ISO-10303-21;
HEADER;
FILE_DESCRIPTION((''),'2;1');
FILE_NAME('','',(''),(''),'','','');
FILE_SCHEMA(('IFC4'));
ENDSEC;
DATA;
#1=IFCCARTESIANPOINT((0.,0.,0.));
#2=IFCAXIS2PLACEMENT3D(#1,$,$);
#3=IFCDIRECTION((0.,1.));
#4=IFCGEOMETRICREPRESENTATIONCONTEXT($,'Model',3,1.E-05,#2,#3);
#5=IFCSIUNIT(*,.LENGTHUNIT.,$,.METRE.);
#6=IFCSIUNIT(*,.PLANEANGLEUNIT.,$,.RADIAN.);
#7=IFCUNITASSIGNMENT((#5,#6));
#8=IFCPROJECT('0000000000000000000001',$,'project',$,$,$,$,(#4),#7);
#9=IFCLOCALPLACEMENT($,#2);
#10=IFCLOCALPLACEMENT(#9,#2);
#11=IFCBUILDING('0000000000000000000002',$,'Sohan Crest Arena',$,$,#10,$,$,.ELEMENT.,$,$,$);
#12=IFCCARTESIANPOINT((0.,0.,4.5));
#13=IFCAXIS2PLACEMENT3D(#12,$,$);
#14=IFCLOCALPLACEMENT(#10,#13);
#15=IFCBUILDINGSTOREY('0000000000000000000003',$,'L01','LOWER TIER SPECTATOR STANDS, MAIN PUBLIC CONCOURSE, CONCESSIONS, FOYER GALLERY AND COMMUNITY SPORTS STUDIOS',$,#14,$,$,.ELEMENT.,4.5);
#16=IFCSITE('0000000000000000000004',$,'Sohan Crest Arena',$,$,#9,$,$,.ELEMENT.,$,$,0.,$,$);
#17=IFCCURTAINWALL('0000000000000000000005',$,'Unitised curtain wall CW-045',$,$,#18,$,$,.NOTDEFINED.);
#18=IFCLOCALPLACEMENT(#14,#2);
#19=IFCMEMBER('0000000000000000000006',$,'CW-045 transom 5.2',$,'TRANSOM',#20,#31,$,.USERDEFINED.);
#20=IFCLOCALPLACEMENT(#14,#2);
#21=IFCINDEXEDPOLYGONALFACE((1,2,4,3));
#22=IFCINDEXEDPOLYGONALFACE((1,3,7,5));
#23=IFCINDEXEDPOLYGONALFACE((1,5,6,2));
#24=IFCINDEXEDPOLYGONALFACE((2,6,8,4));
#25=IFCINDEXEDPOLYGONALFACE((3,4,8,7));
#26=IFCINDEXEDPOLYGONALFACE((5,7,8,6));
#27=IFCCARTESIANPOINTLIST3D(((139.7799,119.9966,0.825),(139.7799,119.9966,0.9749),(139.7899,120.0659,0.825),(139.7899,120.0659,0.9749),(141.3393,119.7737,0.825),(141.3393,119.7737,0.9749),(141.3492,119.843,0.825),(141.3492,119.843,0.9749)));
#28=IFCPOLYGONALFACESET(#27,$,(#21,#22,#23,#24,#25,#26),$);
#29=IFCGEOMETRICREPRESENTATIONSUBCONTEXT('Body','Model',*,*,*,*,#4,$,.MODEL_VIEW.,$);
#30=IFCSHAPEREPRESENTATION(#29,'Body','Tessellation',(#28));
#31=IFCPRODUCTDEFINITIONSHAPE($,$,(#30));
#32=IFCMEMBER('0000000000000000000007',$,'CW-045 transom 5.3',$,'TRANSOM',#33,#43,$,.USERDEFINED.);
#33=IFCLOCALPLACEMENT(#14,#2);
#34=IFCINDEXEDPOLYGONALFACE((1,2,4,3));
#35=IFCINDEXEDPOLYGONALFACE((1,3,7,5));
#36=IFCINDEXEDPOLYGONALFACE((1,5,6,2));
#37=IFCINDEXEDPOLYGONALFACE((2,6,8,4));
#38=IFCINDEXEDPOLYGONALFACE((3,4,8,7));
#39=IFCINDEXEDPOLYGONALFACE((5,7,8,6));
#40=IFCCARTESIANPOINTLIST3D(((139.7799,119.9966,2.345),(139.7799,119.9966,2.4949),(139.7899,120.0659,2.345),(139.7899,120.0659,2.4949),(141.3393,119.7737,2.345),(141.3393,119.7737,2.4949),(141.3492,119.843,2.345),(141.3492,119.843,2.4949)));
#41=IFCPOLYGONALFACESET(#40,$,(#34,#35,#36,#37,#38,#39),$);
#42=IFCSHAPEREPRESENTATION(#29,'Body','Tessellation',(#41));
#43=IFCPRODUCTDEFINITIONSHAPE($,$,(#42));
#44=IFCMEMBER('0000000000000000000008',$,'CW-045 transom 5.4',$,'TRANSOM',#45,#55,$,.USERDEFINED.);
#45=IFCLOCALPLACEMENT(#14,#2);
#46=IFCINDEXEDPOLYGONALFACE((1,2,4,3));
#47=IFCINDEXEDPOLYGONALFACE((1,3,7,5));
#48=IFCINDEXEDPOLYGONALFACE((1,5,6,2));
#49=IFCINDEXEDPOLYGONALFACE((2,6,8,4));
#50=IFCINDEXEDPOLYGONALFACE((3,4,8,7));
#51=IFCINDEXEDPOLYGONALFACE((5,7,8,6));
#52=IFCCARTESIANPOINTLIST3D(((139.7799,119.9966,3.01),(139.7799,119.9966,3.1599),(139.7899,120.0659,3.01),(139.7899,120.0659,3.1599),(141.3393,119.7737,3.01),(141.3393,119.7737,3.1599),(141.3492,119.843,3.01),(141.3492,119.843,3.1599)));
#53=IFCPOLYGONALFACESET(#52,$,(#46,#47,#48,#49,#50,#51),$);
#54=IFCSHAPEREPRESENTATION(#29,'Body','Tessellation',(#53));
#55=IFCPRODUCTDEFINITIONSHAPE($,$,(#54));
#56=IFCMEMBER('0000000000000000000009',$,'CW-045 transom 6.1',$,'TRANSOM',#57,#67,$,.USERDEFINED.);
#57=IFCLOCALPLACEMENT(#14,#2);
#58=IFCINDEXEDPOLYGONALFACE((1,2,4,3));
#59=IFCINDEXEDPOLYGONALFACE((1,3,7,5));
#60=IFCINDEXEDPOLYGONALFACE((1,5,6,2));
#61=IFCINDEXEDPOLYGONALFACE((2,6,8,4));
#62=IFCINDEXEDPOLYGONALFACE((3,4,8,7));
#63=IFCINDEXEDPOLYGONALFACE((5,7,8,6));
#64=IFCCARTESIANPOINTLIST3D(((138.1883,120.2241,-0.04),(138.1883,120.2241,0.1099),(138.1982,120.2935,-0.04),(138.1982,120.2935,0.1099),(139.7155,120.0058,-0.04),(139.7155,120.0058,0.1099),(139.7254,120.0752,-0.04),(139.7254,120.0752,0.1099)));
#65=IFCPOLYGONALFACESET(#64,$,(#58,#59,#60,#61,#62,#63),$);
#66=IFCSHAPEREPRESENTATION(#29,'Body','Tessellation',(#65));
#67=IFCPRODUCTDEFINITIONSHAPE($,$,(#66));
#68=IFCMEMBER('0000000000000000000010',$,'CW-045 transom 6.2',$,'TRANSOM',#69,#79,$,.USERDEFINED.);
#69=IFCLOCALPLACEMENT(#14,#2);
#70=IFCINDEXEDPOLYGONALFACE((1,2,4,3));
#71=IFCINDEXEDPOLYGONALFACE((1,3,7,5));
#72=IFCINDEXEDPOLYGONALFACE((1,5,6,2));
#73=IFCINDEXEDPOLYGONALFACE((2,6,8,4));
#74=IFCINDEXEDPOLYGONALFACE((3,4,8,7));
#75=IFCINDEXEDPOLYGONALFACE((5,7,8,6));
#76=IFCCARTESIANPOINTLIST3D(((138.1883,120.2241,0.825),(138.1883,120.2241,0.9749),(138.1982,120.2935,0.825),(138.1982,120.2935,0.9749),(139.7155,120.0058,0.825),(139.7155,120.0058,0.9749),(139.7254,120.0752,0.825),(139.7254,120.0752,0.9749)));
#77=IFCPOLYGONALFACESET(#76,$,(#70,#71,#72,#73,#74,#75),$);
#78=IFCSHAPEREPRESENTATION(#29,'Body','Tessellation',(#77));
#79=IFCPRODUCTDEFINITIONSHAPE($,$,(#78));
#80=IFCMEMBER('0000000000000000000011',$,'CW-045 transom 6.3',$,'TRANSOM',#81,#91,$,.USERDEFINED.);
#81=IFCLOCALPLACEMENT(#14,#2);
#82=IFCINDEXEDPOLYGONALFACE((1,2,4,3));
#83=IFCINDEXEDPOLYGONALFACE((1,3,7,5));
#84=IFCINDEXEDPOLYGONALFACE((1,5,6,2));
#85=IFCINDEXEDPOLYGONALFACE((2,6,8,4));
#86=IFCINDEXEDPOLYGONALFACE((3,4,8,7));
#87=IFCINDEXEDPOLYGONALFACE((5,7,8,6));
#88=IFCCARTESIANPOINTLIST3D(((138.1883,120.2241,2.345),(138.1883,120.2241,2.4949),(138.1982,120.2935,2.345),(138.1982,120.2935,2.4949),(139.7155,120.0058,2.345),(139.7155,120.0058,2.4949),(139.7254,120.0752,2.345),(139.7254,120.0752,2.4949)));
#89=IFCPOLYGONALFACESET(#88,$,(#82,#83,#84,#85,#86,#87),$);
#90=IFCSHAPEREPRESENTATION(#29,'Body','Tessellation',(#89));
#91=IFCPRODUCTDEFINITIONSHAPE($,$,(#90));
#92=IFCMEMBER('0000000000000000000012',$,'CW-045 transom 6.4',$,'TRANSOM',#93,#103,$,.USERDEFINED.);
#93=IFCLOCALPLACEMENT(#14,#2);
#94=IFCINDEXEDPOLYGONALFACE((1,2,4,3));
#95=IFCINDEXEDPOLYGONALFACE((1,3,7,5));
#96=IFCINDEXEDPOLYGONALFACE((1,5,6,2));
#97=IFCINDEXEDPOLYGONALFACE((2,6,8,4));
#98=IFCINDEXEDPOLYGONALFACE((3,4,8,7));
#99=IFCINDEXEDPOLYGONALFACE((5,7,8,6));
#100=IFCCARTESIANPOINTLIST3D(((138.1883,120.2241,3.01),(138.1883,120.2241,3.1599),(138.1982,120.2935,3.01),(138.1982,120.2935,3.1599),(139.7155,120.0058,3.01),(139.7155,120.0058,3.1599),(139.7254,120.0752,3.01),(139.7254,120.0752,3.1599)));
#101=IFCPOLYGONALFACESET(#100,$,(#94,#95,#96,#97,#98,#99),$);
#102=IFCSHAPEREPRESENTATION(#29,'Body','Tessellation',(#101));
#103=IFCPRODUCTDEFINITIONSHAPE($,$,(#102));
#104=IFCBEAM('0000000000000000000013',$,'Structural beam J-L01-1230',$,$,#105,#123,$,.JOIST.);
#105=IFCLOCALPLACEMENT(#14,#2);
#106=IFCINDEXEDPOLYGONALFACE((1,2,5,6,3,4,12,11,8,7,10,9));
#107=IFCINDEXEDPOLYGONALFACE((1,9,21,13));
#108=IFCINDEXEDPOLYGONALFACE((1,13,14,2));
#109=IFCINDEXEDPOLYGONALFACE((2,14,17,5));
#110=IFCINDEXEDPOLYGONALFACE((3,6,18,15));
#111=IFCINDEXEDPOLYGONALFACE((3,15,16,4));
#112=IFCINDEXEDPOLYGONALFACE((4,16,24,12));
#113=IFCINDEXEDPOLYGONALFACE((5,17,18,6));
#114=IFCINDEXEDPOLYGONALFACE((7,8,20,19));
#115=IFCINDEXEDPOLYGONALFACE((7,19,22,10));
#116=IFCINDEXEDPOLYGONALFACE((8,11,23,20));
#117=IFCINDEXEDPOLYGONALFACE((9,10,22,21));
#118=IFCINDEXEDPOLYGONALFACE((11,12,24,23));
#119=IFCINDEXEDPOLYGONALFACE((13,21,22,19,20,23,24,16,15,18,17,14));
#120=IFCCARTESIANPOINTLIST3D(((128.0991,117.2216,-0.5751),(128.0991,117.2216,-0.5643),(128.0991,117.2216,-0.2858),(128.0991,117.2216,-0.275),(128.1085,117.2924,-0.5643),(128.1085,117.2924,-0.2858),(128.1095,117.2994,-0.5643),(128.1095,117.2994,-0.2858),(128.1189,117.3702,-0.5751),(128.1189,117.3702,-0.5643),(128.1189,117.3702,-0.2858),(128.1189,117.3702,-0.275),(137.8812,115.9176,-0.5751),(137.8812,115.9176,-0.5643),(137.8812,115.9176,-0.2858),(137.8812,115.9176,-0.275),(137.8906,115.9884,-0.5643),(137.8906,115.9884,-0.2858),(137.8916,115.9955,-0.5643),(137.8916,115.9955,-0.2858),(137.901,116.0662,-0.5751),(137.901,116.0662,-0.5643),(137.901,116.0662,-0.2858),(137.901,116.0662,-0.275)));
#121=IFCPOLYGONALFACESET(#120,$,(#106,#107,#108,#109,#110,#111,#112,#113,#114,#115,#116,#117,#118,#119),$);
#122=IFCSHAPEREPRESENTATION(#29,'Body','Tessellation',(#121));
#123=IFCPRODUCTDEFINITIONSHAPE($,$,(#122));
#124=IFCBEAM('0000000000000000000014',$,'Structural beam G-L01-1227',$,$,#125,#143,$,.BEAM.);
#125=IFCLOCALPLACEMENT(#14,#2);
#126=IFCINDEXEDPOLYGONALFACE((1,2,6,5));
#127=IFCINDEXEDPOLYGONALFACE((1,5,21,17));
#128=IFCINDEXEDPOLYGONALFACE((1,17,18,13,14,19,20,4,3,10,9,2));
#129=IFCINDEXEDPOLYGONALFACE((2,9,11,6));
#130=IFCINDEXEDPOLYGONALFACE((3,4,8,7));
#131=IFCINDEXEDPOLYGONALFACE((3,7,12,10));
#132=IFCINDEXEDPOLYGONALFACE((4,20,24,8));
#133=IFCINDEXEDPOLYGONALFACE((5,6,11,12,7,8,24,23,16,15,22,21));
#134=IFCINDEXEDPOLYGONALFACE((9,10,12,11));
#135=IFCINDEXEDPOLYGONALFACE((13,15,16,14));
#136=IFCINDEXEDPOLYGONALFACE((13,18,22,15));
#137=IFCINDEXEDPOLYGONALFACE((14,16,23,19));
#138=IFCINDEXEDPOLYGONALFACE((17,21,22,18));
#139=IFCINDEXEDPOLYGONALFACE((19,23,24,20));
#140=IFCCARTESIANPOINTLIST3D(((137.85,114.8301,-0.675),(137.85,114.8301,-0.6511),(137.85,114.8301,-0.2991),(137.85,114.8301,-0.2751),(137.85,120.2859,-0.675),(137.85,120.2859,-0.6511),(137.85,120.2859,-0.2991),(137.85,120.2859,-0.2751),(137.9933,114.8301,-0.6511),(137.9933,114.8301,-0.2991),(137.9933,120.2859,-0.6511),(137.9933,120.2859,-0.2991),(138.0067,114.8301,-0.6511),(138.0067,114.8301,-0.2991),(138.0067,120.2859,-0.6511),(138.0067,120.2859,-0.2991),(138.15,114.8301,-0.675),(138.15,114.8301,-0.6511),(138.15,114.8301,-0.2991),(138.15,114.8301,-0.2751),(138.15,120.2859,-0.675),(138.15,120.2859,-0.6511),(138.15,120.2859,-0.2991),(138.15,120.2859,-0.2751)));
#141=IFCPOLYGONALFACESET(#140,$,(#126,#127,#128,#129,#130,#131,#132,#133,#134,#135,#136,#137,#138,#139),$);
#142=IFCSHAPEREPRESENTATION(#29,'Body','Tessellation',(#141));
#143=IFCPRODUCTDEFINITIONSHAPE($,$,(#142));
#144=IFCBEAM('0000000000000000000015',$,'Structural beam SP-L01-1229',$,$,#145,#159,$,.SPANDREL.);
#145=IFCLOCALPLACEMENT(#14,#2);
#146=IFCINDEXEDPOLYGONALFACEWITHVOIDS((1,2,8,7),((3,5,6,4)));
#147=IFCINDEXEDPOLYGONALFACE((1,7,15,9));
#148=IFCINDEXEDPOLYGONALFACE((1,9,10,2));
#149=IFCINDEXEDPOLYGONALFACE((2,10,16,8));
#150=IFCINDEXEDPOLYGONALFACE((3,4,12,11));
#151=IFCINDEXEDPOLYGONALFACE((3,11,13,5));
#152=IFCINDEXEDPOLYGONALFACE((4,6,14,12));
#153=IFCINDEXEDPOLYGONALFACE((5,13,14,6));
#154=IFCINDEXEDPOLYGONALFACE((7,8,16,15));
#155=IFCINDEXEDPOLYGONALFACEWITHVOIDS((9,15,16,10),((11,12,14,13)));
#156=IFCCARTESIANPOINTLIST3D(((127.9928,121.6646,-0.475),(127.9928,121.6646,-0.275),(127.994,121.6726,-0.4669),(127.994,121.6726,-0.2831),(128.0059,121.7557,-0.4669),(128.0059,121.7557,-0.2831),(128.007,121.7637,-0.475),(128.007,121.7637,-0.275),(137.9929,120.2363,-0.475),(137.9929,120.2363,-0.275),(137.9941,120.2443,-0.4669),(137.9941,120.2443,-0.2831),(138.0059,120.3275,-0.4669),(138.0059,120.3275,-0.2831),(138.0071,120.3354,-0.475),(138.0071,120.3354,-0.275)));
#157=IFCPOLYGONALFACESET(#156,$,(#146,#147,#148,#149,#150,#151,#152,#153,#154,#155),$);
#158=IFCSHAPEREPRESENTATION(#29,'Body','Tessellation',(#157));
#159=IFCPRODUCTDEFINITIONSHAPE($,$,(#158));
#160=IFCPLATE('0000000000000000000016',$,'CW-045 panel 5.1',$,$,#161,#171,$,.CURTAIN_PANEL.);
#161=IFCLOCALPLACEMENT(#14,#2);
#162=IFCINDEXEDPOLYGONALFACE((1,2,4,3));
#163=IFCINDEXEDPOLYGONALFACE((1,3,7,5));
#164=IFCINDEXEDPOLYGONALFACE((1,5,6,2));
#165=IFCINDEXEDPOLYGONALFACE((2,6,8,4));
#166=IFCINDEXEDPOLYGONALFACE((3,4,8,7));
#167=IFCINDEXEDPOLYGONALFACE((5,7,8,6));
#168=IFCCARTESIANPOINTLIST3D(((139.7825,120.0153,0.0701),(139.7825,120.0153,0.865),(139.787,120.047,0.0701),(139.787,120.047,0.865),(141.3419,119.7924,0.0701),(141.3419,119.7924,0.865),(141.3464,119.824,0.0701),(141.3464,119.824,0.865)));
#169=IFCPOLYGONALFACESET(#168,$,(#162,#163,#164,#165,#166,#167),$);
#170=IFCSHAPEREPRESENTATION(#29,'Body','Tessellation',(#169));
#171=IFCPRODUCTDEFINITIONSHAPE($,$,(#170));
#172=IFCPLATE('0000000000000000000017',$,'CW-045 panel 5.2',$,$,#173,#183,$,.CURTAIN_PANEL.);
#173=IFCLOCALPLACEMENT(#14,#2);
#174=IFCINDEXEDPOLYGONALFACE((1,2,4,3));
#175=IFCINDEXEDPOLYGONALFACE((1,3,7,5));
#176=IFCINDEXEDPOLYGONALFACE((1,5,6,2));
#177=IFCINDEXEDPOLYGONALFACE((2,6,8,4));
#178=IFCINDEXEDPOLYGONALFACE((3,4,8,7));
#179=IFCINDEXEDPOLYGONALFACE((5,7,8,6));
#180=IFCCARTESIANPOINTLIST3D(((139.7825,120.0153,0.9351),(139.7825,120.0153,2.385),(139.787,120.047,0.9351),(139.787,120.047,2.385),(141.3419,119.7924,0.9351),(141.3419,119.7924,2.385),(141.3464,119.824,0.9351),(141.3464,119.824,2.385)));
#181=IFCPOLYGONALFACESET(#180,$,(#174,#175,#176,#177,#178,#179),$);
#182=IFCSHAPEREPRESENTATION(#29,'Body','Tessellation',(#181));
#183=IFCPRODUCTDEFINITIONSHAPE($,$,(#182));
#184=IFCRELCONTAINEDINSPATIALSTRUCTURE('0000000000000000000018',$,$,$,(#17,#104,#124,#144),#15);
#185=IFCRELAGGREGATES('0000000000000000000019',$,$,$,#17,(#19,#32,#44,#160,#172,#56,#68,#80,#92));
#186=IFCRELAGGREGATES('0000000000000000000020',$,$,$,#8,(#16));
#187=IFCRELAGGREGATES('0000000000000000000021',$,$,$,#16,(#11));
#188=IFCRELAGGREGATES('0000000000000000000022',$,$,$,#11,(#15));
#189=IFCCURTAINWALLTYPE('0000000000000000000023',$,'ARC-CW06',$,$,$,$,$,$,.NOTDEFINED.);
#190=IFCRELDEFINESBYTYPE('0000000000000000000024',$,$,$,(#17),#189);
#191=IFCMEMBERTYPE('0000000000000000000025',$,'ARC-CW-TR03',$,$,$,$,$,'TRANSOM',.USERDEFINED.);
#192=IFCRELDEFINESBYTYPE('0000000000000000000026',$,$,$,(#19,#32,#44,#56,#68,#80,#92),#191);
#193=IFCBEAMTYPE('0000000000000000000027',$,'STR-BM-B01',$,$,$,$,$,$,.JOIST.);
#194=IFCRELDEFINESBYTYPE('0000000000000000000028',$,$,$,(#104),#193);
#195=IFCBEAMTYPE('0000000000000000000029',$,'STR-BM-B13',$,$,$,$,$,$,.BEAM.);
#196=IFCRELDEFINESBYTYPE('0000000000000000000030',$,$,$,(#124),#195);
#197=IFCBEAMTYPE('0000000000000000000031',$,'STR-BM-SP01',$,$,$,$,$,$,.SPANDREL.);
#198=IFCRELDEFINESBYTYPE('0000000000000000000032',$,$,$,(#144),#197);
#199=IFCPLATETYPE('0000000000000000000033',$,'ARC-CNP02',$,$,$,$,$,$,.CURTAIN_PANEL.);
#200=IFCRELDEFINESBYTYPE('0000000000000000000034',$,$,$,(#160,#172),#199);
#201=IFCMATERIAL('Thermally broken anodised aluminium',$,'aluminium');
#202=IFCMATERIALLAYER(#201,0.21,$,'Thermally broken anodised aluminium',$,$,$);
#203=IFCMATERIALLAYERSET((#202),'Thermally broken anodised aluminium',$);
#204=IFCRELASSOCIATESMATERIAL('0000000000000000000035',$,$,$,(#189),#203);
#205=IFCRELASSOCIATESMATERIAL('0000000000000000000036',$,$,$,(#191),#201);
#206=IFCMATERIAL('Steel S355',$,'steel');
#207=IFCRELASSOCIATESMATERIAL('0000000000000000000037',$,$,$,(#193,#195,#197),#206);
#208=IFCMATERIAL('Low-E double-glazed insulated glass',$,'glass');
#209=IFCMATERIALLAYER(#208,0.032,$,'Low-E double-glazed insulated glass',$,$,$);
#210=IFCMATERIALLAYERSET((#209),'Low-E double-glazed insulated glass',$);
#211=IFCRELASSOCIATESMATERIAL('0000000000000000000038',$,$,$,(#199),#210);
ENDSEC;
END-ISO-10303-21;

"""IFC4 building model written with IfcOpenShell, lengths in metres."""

from ifc_helpers import new_model, si_unit, direction, frame, origin, origin_2d, place, context, subcontext, project, spatial, rectangle, hollow_rectangle, i_section, extrude, material, layer, layer_set, material_profile, profile_set, type_object, element, aggregate, save


model = new_model("IFC4")

# Units and contexts
model_context = context("Model", 3, precision=1e-05, world=origin(), true_north=direction((0.0, 1.0)))
body_context = subcontext(model_context, "Body", "Model", "MODEL_VIEW")
ifc_project = project(units=[si_unit("LENGTHUNIT", "METRE"), si_unit("PLANEANGLEUNIT", "RADIAN")], contexts=[model_context])

# Site, building, storey
site_placement = place(None, origin())
site = spatial("IfcSite", under=ifc_project, at=site_placement, Name="Sohan Crest Arena", CompositionType="ELEMENT", RefElevation=0.0)
building_placement = place(site_placement, origin())
building = spatial("IfcBuilding", under=site, at=building_placement, Name="Sohan Crest Arena", CompositionType="ELEMENT")
storey_placement = place(building_placement, frame((0.0, 0.0, 4.5)))
storey = spatial("IfcBuildingStorey", under=building, at=storey_placement, Name="L01", Description="LOWER TIER SPECTATOR STANDS, MAIN PUBLIC CONCOURSE, CONCESSIONS, FOYER GALLERY AND COMMUNITY SPORTS STUDIOS", CompositionType="ELEMENT", Elevation=4.5)

# Shared definitions
ifc_material_1 = material(Name="Steel S355", Category="steel")

# Curtain wall
ifc_material_2 = material(Name="Thermally broken anodised aluminium", Category="aluminium")
ifc_layer_1 = layer(ifc_material_2, 0.21, Name="Thermally broken anodised aluminium")
ifc_layer_set_1 = layer_set([ifc_layer_1], Name="Thermally broken anodised aluminium")
curtain_wall_type_1 = type_object("IfcCurtainWallType", Name="ARC-CW06", PredefinedType="NOTDEFINED", material=ifc_layer_set_1)
curtain_wall_1_placement = place(storey_placement, origin())
curtain_wall_1 = element("IfcCurtainWall", 1, at=curtain_wall_1_placement, inside=storey, type_object=curtain_wall_type_1, Name="Unitised curtain wall CW-045", PredefinedType="NOTDEFINED")

# Members
ifc_material_profile_1 = material_profile(ifc_material_2, rectangle(XDim=0.0701, YDim=0.1499, at=origin_2d()), Name="ALU-TRAN 70x150")
ifc_profile_set_1 = profile_set([ifc_material_profile_1], Name="Thermally broken anodised aluminium")
member_type_1 = type_object("IfcMemberType", Name="ARC-CW-TR03", ElementType="TRANSOM", PredefinedType="USERDEFINED", material=ifc_profile_set_1)
member_1_placement = place(storey_placement, frame((141.3442, 119.8083, 0.8999), z_axis=(-0.989937, 0.141508, 0.0), x_axis=(-0.141508, -0.989937, 0.0)))
member_1 = element("IfcMember", 2, at=member_1_placement, type_object=member_type_1, Name="CW-045 transom 5.2", ObjectType="TRANSOM", PredefinedType="USERDEFINED", context=body_context, shape_type="SweptSolid", body=[
    extrude(rectangle(XDim=0.0701, YDim=0.1499, at=origin_2d()), origin(), (0.0, 0.0, 1.0), 1.5752),
])
member_2_placement = place(storey_placement, frame((141.3442, 119.8083, 2.4199), z_axis=(-0.989937, 0.141508, 0.0), x_axis=(-0.141508, -0.989937, 0.0)))
member_2 = element("IfcMember", 3, at=member_2_placement, type_object=member_type_1, Name="CW-045 transom 5.3", ObjectType="TRANSOM", PredefinedType="USERDEFINED", context=body_context, shape_type="SweptSolid", body=[
    extrude(rectangle(XDim=0.0701, YDim=0.1499, at=origin_2d()), origin(), (0.0, 0.0, 1.0), 1.5752),
])
member_3_placement = place(storey_placement, frame((141.3442, 119.8083, 3.085), z_axis=(-0.989937, 0.141508, 0.0), x_axis=(-0.141508, -0.989937, 0.0)))
member_3 = element("IfcMember", 4, at=member_3_placement, type_object=member_type_1, Name="CW-045 transom 5.4", ObjectType="TRANSOM", PredefinedType="USERDEFINED", context=body_context, shape_type="SweptSolid", body=[
    extrude(rectangle(XDim=0.0701, YDim=0.1499, at=origin_2d()), origin(), (0.0, 0.0, 1.0), 1.5752),
])
member_4_placement = place(storey_placement, frame((139.7205, 120.0405, 0.0349), z_axis=(-0.98994, 0.141488, 0.0), x_axis=(-0.141488, -0.98994, 0.0)))
member_4 = element("IfcMember", 5, at=member_4_placement, type_object=member_type_1, Name="CW-045 transom 6.1", ObjectType="TRANSOM", PredefinedType="USERDEFINED", context=body_context, shape_type="SweptSolid", body=[
    extrude(rectangle(XDim=0.0701, YDim=0.1499, at=origin_2d()), origin(), (0.0, 0.0, 1.0), 1.5427),
])
member_5_placement = place(storey_placement, frame((139.7205, 120.0405, 0.8999), z_axis=(-0.98994, 0.141488, 0.0), x_axis=(-0.141488, -0.98994, 0.0)))
member_5 = element("IfcMember", 6, at=member_5_placement, type_object=member_type_1, Name="CW-045 transom 6.2", ObjectType="TRANSOM", PredefinedType="USERDEFINED", context=body_context, shape_type="SweptSolid", body=[
    extrude(rectangle(XDim=0.0701, YDim=0.1499, at=origin_2d()), origin(), (0.0, 0.0, 1.0), 1.5427),
])
member_6_placement = place(storey_placement, frame((139.7205, 120.0405, 2.4199), z_axis=(-0.98994, 0.141488, 0.0), x_axis=(-0.141488, -0.98994, 0.0)))
member_6 = element("IfcMember", 7, at=member_6_placement, type_object=member_type_1, Name="CW-045 transom 6.3", ObjectType="TRANSOM", PredefinedType="USERDEFINED", context=body_context, shape_type="SweptSolid", body=[
    extrude(rectangle(XDim=0.0701, YDim=0.1499, at=origin_2d()), origin(), (0.0, 0.0, 1.0), 1.5427),
])
member_7_placement = place(storey_placement, frame((139.7205, 120.0405, 3.085), z_axis=(-0.98994, 0.141488, 0.0), x_axis=(-0.141488, -0.98994, 0.0)))
member_7 = element("IfcMember", 8, at=member_7_placement, type_object=member_type_1, Name="CW-045 transom 6.4", ObjectType="TRANSOM", PredefinedType="USERDEFINED", context=body_context, shape_type="SweptSolid", body=[
    extrude(rectangle(XDim=0.0701, YDim=0.1499, at=origin_2d()), origin(), (0.0, 0.0, 1.0), 1.5427),
])

# Beams
ifc_material_profile_2 = material_profile(ifc_material_1, i_section(OverallWidth=0.1499, OverallDepth=0.3, WebThickness=0.0071, FlangeThickness=0.0107, at=origin_2d()), Name="IPE 300")
ifc_profile_set_2 = profile_set([ifc_material_profile_2], Name="Steel S355")
beam_type_1 = type_object("IfcBeamType", Name="STR-BM-B01", PredefinedType="JOIST", material=ifc_profile_set_2)
beam_1_placement = place(storey_placement, frame((137.8911, 115.9919, -0.425), z_axis=(-0.991232, 0.13213, 0.0), x_axis=(-0.13213, -0.991232, 0.0)))
element("IfcBeam", 9, at=beam_1_placement, inside=storey, type_object=beam_type_1, Name="Structural beam J-L01-1230", PredefinedType="JOIST", context=body_context, shape_type="SweptSolid", body=[
    extrude(i_section(OverallWidth=0.1499, OverallDepth=0.3, WebThickness=0.0071, FlangeThickness=0.0107, at=origin_2d()), origin(), (0.0, 0.0, 1.0), 9.8687),
])
ifc_material_profile_3 = material_profile(ifc_material_1, i_section(OverallWidth=0.3, OverallDepth=0.3999, WebThickness=0.0134, FlangeThickness=0.0239, at=origin_2d()), Name="HEB 400")
ifc_profile_set_3 = profile_set([ifc_material_profile_3], Name="Steel S355")
beam_type_2 = type_object("IfcBeamType", Name="STR-BM-B13", PredefinedType="BEAM", material=ifc_profile_set_3)
beam_2_placement = place(storey_placement, frame((138.0, 114.8301, -0.4751), z_axis=(0.0, 1.0, 0.0), x_axis=(-1.0, 0.0, 0.0)))
element("IfcBeam", 10, at=beam_2_placement, inside=storey, type_object=beam_type_2, Name="Structural beam G-L01-1227", PredefinedType="BEAM", context=body_context, shape_type="SweptSolid", body=[
    extrude(i_section(OverallWidth=0.3, OverallDepth=0.3999, WebThickness=0.0134, FlangeThickness=0.0239, at=origin_2d()), origin(), (0.0, 0.0, 1.0), 5.4558),
])
ifc_material_profile_4 = material_profile(ifc_material_1, hollow_rectangle(XDim=0.1001, YDim=0.2, WallThickness=0.0081, at=origin_2d()), Name="RHS 200x100x8")
ifc_profile_set_4 = profile_set([ifc_material_profile_4], Name="Steel S355")
beam_type_3 = type_object("IfcBeamType", Name="STR-BM-SP01", PredefinedType="SPANDREL", material=ifc_profile_set_4)
beam_3_placement = place(storey_placement, frame((138.0, 120.2859, -0.375), z_axis=(-0.989954, 0.141388, 0.0), x_axis=(-0.141388, -0.989954, 0.0)))
element("IfcBeam", 11, at=beam_3_placement, inside=storey, type_object=beam_type_3, Name="Structural beam SP-L01-1229", PredefinedType="SPANDREL", context=body_context, shape_type="SweptSolid", body=[
    extrude(hollow_rectangle(XDim=0.1001, YDim=0.2, WallThickness=0.0081, at=origin_2d()), origin(), (0.0, 0.0, 1.0), 10.1016),
])

# Plates
ifc_material_3 = material(Name="Low-E double-glazed insulated glass", Category="glass")
ifc_layer_2 = layer(ifc_material_3, 0.032, Name="Low-E double-glazed insulated glass")
ifc_layer_set_2 = layer_set([ifc_layer_2], Name="Low-E double-glazed insulated glass")
plate_type_1 = type_object("IfcPlateType", Name="ARC-CNP02", PredefinedType="CURTAIN_PANEL", material=ifc_layer_set_2)
plate_1_placement = place(storey_placement, frame((140.5645, 119.9197, 0.0701), z_axis=(0.0, 0.0, 1.0), x_axis=(-0.989931, 0.141549, 0.0)))
plate_1 = element("IfcPlate", 12, at=plate_1_placement, type_object=plate_type_1, Name="CW-045 panel 5.1", PredefinedType="CURTAIN_PANEL", context=body_context, shape_type="SweptSolid", body=[
    extrude(rectangle(XDim=1.5752, YDim=0.032, at=origin_2d()), origin(), (0.0, 0.0, 1.0), 0.7949),
])
plate_2_placement = place(storey_placement, frame((140.5645, 119.9197, 0.9351), z_axis=(0.0, 0.0, 1.0), x_axis=(-0.989931, 0.141549, 0.0)))
plate_2 = element("IfcPlate", 13, at=plate_2_placement, type_object=plate_type_1, Name="CW-045 panel 5.2", PredefinedType="CURTAIN_PANEL", context=body_context, shape_type="SweptSolid", body=[
    extrude(rectangle(XDim=1.5752, YDim=0.032, at=origin_2d()), origin(), (0.0, 0.0, 1.0), 1.45),
])
aggregate(curtain_wall_1, [member_1, member_2, member_3, plate_1, plate_2, member_4, member_5, member_6, member_7])

save(model, "model.ifc")
